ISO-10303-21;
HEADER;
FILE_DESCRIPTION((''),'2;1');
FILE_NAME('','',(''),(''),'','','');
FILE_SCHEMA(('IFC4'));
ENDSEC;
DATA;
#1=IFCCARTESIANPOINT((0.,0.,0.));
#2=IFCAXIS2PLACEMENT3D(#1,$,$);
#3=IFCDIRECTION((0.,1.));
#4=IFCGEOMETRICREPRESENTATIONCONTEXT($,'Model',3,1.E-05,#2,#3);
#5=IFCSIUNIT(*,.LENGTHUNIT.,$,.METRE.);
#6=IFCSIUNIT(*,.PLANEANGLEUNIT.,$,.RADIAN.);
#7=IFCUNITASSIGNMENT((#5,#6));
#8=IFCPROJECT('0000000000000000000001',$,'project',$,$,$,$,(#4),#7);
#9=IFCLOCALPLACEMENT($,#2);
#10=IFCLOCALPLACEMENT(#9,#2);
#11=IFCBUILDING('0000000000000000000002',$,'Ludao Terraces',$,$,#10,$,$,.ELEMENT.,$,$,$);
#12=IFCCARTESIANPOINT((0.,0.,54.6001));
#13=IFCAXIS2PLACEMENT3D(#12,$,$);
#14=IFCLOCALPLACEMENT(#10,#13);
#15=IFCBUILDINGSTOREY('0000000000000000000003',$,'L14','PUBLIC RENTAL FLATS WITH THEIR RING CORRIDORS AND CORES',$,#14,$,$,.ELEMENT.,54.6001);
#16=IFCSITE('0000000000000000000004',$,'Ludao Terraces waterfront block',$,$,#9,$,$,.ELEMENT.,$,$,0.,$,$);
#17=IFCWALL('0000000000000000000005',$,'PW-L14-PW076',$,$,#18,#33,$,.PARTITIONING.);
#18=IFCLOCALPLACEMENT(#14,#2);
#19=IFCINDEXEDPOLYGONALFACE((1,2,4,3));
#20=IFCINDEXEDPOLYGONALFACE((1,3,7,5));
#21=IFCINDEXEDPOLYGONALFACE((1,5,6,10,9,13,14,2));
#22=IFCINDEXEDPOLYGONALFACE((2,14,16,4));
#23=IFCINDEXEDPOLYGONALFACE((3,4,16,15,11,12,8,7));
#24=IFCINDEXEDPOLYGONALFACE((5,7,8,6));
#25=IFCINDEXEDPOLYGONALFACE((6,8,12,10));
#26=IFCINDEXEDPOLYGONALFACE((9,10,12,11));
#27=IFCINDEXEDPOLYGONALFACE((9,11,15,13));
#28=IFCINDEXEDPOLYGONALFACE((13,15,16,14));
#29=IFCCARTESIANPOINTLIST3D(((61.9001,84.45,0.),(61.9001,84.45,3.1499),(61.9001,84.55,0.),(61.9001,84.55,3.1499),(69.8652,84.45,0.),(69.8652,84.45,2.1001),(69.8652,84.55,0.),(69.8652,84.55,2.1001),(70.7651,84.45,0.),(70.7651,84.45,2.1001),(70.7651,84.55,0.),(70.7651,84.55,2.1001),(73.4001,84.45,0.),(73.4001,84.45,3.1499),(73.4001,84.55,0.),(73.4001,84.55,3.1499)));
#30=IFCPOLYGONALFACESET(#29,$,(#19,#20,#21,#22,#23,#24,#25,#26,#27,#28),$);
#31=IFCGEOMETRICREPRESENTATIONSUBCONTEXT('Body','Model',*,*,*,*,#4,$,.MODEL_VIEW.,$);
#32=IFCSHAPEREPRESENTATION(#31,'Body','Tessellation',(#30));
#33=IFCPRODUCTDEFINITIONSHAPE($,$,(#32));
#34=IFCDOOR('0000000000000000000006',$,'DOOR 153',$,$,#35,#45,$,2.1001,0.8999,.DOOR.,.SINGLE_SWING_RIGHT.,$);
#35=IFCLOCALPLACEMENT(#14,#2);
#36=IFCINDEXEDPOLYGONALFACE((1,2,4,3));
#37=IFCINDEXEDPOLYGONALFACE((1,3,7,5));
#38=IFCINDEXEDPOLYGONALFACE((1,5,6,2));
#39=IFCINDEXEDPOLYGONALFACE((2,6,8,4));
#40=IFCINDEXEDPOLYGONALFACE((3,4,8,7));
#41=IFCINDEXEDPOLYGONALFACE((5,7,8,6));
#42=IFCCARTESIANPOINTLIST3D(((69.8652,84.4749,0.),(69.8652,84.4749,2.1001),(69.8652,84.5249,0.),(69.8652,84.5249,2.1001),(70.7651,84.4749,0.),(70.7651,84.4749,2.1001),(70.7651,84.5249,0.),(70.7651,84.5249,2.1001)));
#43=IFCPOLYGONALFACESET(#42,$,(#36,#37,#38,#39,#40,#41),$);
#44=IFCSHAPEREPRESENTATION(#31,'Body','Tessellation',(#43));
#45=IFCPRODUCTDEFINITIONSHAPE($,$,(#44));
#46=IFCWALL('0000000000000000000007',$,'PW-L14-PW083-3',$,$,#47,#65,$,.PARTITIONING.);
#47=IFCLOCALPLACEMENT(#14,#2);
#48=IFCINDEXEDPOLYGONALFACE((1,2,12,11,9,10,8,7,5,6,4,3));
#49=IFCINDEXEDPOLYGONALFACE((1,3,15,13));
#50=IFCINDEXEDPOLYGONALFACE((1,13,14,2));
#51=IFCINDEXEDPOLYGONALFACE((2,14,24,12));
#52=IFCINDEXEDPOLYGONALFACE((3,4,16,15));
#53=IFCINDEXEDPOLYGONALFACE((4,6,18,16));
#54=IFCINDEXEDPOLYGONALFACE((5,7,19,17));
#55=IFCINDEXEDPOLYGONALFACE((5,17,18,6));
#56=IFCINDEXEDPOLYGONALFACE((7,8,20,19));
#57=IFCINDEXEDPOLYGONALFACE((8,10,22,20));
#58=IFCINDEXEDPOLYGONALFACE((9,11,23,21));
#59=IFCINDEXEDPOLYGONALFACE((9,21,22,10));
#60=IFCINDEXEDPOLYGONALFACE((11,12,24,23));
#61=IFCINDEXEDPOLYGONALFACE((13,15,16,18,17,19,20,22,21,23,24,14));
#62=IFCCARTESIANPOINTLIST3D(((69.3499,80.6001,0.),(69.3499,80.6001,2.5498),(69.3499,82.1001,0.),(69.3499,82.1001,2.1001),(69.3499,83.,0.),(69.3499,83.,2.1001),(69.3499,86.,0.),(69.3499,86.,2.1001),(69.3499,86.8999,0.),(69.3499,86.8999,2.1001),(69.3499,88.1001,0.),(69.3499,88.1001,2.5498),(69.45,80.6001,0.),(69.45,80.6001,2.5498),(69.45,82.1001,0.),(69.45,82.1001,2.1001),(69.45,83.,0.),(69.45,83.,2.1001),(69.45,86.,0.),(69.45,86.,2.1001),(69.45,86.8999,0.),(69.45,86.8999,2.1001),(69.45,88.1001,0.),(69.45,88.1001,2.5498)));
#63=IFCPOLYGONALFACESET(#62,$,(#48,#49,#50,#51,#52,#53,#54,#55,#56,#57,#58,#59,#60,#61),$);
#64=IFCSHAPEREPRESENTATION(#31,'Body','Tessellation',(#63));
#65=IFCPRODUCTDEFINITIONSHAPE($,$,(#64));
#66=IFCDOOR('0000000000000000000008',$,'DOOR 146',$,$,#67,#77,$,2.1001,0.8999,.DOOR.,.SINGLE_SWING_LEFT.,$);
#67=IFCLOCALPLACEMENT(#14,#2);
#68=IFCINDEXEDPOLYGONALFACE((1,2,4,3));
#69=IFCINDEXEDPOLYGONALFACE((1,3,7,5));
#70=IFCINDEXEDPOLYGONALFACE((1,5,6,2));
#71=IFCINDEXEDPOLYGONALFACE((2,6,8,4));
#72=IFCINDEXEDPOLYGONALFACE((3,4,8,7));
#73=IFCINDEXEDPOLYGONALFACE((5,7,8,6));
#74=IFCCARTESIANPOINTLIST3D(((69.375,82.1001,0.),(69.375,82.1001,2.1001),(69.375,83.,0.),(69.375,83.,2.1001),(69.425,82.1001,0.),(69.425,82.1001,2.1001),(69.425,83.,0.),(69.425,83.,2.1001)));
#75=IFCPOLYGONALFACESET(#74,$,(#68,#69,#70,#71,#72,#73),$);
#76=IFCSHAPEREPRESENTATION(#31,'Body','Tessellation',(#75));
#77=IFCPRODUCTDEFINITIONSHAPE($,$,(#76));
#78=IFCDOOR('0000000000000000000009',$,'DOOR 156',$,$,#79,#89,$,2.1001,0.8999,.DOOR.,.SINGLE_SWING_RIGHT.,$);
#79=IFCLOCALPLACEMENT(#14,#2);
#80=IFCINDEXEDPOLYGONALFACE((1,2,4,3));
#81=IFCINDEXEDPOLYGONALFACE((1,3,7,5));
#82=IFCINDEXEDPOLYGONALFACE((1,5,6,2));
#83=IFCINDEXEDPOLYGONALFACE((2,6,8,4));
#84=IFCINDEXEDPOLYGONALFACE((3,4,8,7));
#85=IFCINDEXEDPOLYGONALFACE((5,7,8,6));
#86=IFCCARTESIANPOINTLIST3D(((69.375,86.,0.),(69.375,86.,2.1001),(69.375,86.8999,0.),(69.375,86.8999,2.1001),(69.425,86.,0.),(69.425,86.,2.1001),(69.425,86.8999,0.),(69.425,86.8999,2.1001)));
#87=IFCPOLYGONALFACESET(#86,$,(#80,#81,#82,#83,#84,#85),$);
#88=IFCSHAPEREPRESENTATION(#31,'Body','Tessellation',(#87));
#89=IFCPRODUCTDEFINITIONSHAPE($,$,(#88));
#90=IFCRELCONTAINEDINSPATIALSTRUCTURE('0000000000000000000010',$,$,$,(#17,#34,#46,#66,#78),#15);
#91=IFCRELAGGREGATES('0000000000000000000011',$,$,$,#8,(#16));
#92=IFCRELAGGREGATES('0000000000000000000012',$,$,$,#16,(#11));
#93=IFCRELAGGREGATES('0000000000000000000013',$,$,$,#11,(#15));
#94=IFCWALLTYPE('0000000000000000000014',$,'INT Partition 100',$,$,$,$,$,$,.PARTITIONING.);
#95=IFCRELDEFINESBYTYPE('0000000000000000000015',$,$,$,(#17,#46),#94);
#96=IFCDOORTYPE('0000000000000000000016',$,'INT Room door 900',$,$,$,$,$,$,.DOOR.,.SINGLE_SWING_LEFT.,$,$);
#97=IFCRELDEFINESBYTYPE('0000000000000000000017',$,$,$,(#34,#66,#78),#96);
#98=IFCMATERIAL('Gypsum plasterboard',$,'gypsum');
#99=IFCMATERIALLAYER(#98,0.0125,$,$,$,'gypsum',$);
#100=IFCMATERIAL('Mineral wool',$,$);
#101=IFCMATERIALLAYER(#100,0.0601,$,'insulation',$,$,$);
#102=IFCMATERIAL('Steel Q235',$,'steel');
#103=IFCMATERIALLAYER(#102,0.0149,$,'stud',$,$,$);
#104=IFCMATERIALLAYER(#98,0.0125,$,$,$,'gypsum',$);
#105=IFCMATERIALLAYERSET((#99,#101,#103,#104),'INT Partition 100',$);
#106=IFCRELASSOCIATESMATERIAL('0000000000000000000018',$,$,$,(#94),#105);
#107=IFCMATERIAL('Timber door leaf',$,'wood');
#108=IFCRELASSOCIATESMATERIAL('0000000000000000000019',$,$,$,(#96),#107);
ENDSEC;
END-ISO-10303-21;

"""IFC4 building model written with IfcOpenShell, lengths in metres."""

from ifc_helpers import new_model, si_unit, direction, frame, frame_2d, origin, place, context, subcontext, project, spatial, rectangle, extrude, material, layer, layer_set, type_object, element, fill, save


model = new_model("IFC4")

# Units and contexts
model_context = context("Model", 3, precision=1e-05, world=origin(), true_north=direction((0.0, 1.0)))
body_context = subcontext(model_context, "Body", "Model", "MODEL_VIEW")
ifc_project = project(units=[si_unit("LENGTHUNIT", "METRE"), si_unit("PLANEANGLEUNIT", "RADIAN")], contexts=[model_context])

# Site, building, storey
site_placement = place(None, origin())
site = spatial("IfcSite", under=ifc_project, at=site_placement, Name="Ludao Terraces waterfront block", CompositionType="ELEMENT", RefElevation=0.0)
building_placement = place(site_placement, origin())
building = spatial("IfcBuilding", under=site, at=building_placement, Name="Ludao Terraces", CompositionType="ELEMENT")
storey_placement = place(building_placement, frame((0.0, 0.0, 54.6001)))
storey = spatial("IfcBuildingStorey", under=building, at=storey_placement, Name="L14", Description="PUBLIC RENTAL FLATS WITH THEIR RING CORRIDORS AND CORES", CompositionType="ELEMENT", Elevation=54.6001)

# Shared definitions
ifc_material_1 = material(Name="Mineral wool")

# Shared definitions
ifc_material_2 = material(Name="Gypsum plasterboard", Category="gypsum")
ifc_layer_1 = layer(ifc_material_2, 0.0125, Category="gypsum")
ifc_layer_2 = layer(ifc_material_1, 0.0601, Name="insulation")
ifc_material_3 = material(Name="Steel Q235", Category="steel")
ifc_layer_3 = layer(ifc_material_3, 0.0149, Name="stud")
ifc_layer_4 = layer(ifc_material_2, 0.0125, Category="gypsum")
ifc_layer_set_1 = layer_set([ifc_layer_1, ifc_layer_2, ifc_layer_3, ifc_layer_4], Name="INT Partition 100")
wall_type_1 = type_object("IfcWallType", Name="INT Partition 100", PredefinedType="PARTITIONING", material=ifc_layer_set_1)

# Wall, opening, door
wall_1_placement = place(storey_placement, frame((61.9001, 84.5, 0.0), z_axis=(0.0, 0.0, 1.0), x_axis=(1.0, 0.0, 0.0)))
wall_1 = element("IfcWall", 1, at=wall_1_placement, inside=storey, type_object=wall_type_1, Name="PW-L14-PW076", PredefinedType="PARTITIONING", context=body_context, shape_type="SweptSolid", body=[
    extrude(rectangle(XDim=11.5, YDim=0.1001, at=frame_2d((5.75, 0.0))), origin(), (0.0, 0.0, 1.0), 3.1499),
])
opening_1_placement = place(wall_1_placement, frame((7.9651, 0.0, 0.0)))
opening_1 = element("IfcOpeningElement", 2, at=opening_1_placement, cuts=wall_1, PredefinedType="OPENING", context=body_context, shape_type="SweptSolid", body=[
    extrude(rectangle(XDim=0.8999, YDim=2.1001, at=frame_2d((0.45, 1.05))), frame((0.0, 0.0601, 0.0), z_axis=(0.0, -1.0, 0.0), x_axis=(1.0, 0.0, 0.0)), (0.0, 0.0, 1.0), 0.1201),
])
ifc_material_4 = material(Name="Timber door leaf", Category="wood")
door_type = type_object("IfcDoorType", Name="INT Room door 900", OperationType="SINGLE_SWING_LEFT", PredefinedType="DOOR", material=ifc_material_4)
door_1_placement = place(opening_1_placement, origin())
door_1 = element("IfcDoor", 3, at=door_1_placement, inside=storey, type_object=door_type, Name="DOOR 153", OperationType="SINGLE_SWING_RIGHT", OverallHeight=2.1001, OverallWidth=0.8999, PredefinedType="DOOR", context=body_context, shape_type="SweptSolid", body=[
    extrude(rectangle(XDim=0.8999, YDim=2.1001, at=frame_2d((0.45, 1.05))), frame((0.0, 0.0249, 0.0), z_axis=(0.0, -1.0, 0.0), x_axis=(1.0, 0.0, 0.0)), (0.0, 0.0, 1.0), 0.05),
])
fill(opening_1, door_1)

# Wall, openings, doors
wall_2_placement = place(storey_placement, frame((69.3999, 80.6001, 0.0), z_axis=(0.0, 0.0, 1.0), x_axis=(0.0, 1.0, 0.0)))
wall_2 = element("IfcWall", 4, at=wall_2_placement, inside=storey, type_object=wall_type_1, Name="PW-L14-PW083-3", PredefinedType="PARTITIONING", context=body_context, shape_type="SweptSolid", body=[
    extrude(rectangle(XDim=7.5, YDim=0.1001, at=frame_2d((3.75, 0.0))), origin(), (0.0, 0.0, 1.0), 2.5498),
])
opening_2_placement = place(wall_2_placement, frame((1.5, 0.0, 0.0)))
opening_2 = element("IfcOpeningElement", 5, at=opening_2_placement, cuts=wall_2, PredefinedType="OPENING", context=body_context, shape_type="SweptSolid", body=[
    extrude(rectangle(XDim=0.8999, YDim=2.1001, at=frame_2d((0.45, 1.05))), frame((0.0, 0.0601, 0.0), z_axis=(0.0, -1.0, 0.0), x_axis=(1.0, 0.0, 0.0)), (0.0, 0.0, 1.0), 0.1201),
])
opening_3_placement = place(wall_2_placement, frame((5.3999, 0.0, 0.0)))
opening_3 = element("IfcOpeningElement", 6, at=opening_3_placement, cuts=wall_2, PredefinedType="OPENING", context=body_context, shape_type="SweptSolid", body=[
    extrude(rectangle(XDim=0.8999, YDim=2.1001, at=frame_2d((0.45, 1.05))), frame((0.0, 0.0601, 0.0), z_axis=(0.0, -1.0, 0.0), x_axis=(1.0, 0.0, 0.0)), (0.0, 0.0, 1.0), 0.1201),
])
door_2_placement = place(opening_2_placement, origin())
door_2 = element("IfcDoor", 7, at=door_2_placement, inside=storey, type_object=door_type, Name="DOOR 146", OperationType="SINGLE_SWING_LEFT", OverallHeight=2.1001, OverallWidth=0.8999, PredefinedType="DOOR", context=body_context, shape_type="SweptSolid", body=[
    extrude(rectangle(XDim=0.8999, YDim=2.1001, at=frame_2d((0.45, 1.05))), frame((0.0, 0.0249, 0.0), z_axis=(0.0, -1.0, 0.0), x_axis=(1.0, 0.0, 0.0)), (0.0, 0.0, 1.0), 0.05),
])
fill(opening_2, door_2)
door_3_placement = place(opening_3_placement, origin())
door_3 = element("IfcDoor", 8, at=door_3_placement, inside=storey, type_object=door_type, Name="DOOR 156", OperationType="SINGLE_SWING_RIGHT", OverallHeight=2.1001, OverallWidth=0.8999, PredefinedType="DOOR", context=body_context, shape_type="SweptSolid", body=[
    extrude(rectangle(XDim=0.8999, YDim=2.1001, at=frame_2d((0.45, 1.05))), frame((0.0, 0.0249, 0.0), z_axis=(0.0, -1.0, 0.0), x_axis=(1.0, 0.0, 0.0)), (0.0, 0.0, 1.0), 0.05),
])
fill(opening_3, door_3)

save(model, "model.ifc")
